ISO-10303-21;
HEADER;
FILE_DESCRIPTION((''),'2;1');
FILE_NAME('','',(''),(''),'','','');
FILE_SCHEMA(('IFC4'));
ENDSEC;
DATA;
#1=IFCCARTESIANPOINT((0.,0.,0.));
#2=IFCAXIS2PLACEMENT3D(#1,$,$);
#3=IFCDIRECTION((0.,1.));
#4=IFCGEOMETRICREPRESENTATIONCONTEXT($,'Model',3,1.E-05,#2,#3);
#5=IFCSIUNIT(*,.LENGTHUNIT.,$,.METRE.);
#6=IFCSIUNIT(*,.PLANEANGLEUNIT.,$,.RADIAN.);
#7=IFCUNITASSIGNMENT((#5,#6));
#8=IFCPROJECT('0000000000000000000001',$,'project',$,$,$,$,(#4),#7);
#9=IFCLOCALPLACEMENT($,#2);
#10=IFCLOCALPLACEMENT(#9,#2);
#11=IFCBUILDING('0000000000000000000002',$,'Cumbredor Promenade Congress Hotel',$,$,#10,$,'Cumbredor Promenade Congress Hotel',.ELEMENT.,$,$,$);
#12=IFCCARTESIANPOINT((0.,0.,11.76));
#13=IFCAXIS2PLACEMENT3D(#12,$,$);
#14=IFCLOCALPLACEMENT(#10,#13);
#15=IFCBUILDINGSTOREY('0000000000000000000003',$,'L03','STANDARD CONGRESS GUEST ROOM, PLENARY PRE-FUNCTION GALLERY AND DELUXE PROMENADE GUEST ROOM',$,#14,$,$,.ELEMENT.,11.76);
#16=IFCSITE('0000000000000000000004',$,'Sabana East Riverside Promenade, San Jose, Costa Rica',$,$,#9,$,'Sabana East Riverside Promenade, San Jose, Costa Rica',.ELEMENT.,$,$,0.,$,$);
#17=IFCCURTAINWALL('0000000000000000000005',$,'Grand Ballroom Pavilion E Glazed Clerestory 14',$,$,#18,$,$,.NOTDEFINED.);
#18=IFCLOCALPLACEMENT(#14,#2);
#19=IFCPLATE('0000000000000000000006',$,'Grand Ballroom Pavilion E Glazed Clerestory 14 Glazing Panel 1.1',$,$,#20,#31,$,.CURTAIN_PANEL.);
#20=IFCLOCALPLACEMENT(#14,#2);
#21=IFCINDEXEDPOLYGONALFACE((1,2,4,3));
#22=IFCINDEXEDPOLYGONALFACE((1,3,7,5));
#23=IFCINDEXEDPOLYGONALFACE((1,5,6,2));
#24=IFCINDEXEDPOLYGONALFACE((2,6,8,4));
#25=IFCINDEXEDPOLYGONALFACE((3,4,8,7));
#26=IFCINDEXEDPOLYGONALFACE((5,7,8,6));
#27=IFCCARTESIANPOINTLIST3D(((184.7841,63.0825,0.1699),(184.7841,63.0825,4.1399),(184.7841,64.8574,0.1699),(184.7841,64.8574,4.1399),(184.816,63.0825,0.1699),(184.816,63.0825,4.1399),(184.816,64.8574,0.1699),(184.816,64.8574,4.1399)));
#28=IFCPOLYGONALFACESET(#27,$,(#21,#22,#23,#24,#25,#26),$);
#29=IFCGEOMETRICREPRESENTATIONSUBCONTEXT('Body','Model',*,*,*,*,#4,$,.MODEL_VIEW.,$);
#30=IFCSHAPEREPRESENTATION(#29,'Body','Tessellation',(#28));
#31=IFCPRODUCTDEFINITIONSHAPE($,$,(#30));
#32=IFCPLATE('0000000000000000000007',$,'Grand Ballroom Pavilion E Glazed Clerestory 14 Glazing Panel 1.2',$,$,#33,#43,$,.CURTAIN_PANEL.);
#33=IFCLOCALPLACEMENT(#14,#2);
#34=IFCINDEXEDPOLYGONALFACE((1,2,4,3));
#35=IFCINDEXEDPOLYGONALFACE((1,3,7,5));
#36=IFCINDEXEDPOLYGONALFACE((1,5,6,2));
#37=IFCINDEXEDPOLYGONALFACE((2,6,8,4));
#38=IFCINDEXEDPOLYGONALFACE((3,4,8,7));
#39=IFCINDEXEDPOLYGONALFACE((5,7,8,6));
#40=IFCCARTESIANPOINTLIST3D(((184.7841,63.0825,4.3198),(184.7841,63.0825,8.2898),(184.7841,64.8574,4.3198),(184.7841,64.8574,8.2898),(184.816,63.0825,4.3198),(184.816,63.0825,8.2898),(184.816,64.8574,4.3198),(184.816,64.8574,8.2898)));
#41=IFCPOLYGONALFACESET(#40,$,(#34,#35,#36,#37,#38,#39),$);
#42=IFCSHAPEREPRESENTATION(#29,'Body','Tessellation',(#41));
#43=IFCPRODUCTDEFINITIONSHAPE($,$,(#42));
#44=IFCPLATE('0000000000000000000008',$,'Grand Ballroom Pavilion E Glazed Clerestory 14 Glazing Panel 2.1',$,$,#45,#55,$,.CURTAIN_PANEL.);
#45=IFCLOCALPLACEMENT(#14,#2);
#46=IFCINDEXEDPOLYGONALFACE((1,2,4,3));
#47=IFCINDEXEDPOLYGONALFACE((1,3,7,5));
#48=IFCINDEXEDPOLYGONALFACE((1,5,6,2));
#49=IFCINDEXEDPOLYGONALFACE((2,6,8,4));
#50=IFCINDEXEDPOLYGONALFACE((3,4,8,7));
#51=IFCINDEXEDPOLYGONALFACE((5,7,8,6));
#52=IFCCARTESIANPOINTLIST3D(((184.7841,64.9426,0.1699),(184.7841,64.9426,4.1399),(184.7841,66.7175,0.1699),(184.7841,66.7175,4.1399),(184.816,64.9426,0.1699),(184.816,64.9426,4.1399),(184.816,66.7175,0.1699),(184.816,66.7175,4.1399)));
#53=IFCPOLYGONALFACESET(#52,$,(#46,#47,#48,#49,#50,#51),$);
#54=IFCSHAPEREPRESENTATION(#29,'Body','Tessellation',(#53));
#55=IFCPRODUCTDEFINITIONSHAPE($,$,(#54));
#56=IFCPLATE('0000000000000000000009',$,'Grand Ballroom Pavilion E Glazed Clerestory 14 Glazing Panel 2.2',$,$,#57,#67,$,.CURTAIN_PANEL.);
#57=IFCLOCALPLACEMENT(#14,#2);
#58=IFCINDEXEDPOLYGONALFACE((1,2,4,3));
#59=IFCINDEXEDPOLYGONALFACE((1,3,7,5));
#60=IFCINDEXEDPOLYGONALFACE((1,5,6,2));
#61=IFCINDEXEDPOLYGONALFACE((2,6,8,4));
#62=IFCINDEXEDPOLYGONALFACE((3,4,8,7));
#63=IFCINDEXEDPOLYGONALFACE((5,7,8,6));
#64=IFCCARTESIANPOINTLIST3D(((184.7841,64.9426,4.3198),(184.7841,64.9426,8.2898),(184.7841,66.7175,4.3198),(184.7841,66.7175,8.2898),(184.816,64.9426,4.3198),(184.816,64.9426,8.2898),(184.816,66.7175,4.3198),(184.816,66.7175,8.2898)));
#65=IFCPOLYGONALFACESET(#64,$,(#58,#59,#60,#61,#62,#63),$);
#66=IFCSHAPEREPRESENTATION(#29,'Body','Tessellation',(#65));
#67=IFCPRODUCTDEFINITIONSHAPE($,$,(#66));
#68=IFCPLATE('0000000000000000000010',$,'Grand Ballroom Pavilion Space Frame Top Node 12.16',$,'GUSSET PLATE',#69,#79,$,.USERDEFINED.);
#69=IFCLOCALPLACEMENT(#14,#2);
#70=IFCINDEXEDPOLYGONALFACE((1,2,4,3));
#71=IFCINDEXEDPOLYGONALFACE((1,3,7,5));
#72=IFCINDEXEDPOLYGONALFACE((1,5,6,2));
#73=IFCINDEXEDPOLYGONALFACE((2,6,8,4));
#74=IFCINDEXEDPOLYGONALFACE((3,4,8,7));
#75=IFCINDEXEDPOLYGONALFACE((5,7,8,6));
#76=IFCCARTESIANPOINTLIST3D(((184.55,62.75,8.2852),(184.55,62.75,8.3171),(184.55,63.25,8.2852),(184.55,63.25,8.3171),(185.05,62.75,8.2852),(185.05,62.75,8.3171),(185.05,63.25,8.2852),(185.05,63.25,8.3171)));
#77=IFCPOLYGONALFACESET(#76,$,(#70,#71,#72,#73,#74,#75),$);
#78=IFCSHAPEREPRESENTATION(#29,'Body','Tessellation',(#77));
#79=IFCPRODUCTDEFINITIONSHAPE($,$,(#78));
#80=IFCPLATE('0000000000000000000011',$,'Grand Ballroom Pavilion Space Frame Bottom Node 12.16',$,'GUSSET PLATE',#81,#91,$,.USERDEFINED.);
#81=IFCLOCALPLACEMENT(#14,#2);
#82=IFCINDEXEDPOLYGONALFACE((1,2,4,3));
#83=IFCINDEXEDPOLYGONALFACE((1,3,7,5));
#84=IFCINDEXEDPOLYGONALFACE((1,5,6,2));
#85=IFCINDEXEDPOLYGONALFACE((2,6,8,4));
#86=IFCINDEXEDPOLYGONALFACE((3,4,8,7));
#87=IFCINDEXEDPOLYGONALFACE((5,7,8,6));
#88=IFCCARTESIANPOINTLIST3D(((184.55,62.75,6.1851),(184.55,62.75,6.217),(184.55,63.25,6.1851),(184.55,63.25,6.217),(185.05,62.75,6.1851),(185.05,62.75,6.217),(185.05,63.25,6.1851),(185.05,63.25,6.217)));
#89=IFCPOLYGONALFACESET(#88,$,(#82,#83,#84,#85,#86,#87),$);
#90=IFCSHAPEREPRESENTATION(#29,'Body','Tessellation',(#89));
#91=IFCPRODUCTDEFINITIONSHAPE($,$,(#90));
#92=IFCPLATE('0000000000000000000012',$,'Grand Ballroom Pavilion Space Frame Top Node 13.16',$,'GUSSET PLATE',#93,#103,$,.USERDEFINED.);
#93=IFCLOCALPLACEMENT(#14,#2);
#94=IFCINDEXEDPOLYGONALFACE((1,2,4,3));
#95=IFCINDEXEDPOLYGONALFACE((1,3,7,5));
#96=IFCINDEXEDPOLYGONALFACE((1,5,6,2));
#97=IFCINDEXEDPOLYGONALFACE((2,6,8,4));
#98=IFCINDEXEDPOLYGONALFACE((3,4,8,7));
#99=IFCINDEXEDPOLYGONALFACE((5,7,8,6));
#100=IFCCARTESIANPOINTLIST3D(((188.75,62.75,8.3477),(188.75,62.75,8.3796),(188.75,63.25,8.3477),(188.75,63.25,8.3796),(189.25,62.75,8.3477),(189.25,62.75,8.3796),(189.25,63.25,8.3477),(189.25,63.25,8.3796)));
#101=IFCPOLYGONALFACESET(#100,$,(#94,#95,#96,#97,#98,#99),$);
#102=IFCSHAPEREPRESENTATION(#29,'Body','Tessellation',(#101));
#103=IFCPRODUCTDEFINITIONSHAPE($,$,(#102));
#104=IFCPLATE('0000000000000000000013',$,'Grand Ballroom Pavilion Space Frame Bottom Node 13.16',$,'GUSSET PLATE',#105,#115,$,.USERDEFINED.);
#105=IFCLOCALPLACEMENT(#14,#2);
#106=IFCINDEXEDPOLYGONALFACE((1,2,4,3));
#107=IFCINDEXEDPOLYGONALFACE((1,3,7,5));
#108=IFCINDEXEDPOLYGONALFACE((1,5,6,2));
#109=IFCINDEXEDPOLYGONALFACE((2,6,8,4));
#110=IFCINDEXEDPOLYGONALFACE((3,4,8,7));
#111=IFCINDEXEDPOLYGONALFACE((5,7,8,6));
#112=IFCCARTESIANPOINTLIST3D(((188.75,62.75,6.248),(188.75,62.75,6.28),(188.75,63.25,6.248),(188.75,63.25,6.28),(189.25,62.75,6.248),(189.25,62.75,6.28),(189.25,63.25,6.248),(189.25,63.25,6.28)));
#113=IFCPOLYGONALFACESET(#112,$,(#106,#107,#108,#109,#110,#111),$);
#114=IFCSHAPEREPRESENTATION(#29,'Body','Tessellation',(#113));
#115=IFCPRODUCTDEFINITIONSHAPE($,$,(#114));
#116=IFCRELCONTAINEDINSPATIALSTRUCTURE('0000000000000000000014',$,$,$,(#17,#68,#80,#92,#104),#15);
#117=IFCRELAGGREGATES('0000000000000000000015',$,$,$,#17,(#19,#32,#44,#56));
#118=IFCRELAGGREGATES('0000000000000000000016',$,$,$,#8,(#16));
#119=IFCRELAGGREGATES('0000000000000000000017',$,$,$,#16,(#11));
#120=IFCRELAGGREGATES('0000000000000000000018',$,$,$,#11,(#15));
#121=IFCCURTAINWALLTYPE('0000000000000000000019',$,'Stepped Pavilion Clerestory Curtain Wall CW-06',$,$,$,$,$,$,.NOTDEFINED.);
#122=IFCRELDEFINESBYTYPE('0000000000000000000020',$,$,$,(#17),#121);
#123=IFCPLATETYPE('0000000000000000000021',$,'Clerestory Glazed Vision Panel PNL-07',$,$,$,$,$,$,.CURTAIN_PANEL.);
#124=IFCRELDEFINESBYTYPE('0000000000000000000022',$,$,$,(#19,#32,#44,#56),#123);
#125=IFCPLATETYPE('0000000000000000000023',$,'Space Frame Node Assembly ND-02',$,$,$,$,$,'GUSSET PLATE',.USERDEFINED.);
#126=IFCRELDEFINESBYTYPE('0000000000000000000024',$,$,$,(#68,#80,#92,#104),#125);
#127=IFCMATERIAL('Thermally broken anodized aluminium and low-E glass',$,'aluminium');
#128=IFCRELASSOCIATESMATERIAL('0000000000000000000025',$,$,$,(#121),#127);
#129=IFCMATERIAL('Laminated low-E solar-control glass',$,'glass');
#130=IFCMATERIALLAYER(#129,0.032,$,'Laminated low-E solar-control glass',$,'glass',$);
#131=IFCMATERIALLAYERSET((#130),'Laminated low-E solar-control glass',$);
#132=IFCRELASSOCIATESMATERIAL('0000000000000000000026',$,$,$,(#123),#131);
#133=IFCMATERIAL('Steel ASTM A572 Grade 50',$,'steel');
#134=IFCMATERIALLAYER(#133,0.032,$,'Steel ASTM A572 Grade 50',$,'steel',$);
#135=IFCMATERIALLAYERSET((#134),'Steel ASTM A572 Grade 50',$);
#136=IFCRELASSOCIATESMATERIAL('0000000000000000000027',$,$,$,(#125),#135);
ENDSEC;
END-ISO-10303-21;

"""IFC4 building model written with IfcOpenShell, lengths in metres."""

from ifc_helpers import new_model, si_unit, direction, frame, origin, origin_2d, place, context, subcontext, project, spatial, rectangle, extrude, material, layer, layer_set, type_object, element, aggregate, save


model = new_model("IFC4")

# Units and contexts
model_context = context("Model", 3, precision=1e-05, world=origin(), true_north=direction((0.0, 1.0)))
body_context = subcontext(model_context, "Body", "Model", "MODEL_VIEW")
ifc_project = project(units=[si_unit("LENGTHUNIT", "METRE"), si_unit("PLANEANGLEUNIT", "RADIAN")], contexts=[model_context])

# Site, building, storey
site_placement = place(None, origin())
site = spatial("IfcSite", under=ifc_project, at=site_placement, Name="Sabana East Riverside Promenade, San Jose, Costa Rica", LongName="Sabana East Riverside Promenade, San Jose, Costa Rica", CompositionType="ELEMENT", RefElevation=0.0)
building_placement = place(site_placement, origin())
building = spatial("IfcBuilding", under=site, at=building_placement, Name="Cumbredor Promenade Congress Hotel", LongName="Cumbredor Promenade Congress Hotel", CompositionType="ELEMENT")
storey_placement = place(building_placement, frame((0.0, 0.0, 11.76)))
storey = spatial("IfcBuildingStorey", under=building, at=storey_placement, Name="L03", Description="STANDARD CONGRESS GUEST ROOM, PLENARY PRE-FUNCTION GALLERY AND DELUXE PROMENADE GUEST ROOM", CompositionType="ELEMENT", Elevation=11.76)

# Curtain wall
ifc_material_1 = material(Name="Thermally broken anodized aluminium and low-E glass", Category="aluminium")
curtain_wall_type = type_object("IfcCurtainWallType", Name="Stepped Pavilion Clerestory Curtain Wall CW-06", PredefinedType="NOTDEFINED", material=ifc_material_1)
curtain_wall_1_placement = place(storey_placement, origin())
curtain_wall_1 = element("IfcCurtainWall", 1, at=curtain_wall_1_placement, inside=storey, type_object=curtain_wall_type, Name="Grand Ballroom Pavilion E Glazed Clerestory 14", PredefinedType="NOTDEFINED")

# Plates
ifc_material_2 = material(Name="Laminated low-E solar-control glass", Category="glass")
ifc_layer_1 = layer(ifc_material_2, 0.032, Name="Laminated low-E solar-control glass", Category="glass")
ifc_layer_set_1 = layer_set([ifc_layer_1], Name="Laminated low-E solar-control glass")
plate_type_1 = type_object("IfcPlateType", Name="Clerestory Glazed Vision Panel PNL-07", PredefinedType="CURTAIN_PANEL", material=ifc_layer_set_1)
plate_1_placement = place(storey_placement, frame((184.8, 63.97, 0.1699), z_axis=(0.0, 0.0, 1.0), x_axis=(0.0, 1.0, 0.0)))
plate_1 = element("IfcPlate", 2, at=plate_1_placement, type_object=plate_type_1, Name="Grand Ballroom Pavilion E Glazed Clerestory 14 Glazing Panel 1.1", PredefinedType="CURTAIN_PANEL", context=body_context, shape_type="SweptSolid", body=[
    extrude(rectangle(XDim=1.7749, YDim=0.032, at=origin_2d()), origin(), (0.0, 0.0, 1.0), 3.97),
])
plate_2_placement = place(storey_placement, frame((184.8, 63.97, 4.3198), z_axis=(0.0, 0.0, 1.0), x_axis=(0.0, 1.0, 0.0)))
plate_2 = element("IfcPlate", 3, at=plate_2_placement, type_object=plate_type_1, Name="Grand Ballroom Pavilion E Glazed Clerestory 14 Glazing Panel 1.2", PredefinedType="CURTAIN_PANEL", context=body_context, shape_type="SweptSolid", body=[
    extrude(rectangle(XDim=1.7749, YDim=0.032, at=origin_2d()), origin(), (0.0, 0.0, 1.0), 3.97),
])
plate_3_placement = place(storey_placement, frame((184.8, 65.8301, 0.1699), z_axis=(0.0, 0.0, 1.0), x_axis=(0.0, 1.0, 0.0)))
plate_3 = element("IfcPlate", 4, at=plate_3_placement, type_object=plate_type_1, Name="Grand Ballroom Pavilion E Glazed Clerestory 14 Glazing Panel 2.1", PredefinedType="CURTAIN_PANEL", context=body_context, shape_type="SweptSolid", body=[
    extrude(rectangle(XDim=1.7749, YDim=0.032, at=origin_2d()), origin(), (0.0, 0.0, 1.0), 3.97),
])
plate_4_placement = place(storey_placement, frame((184.8, 65.8301, 4.3198), z_axis=(0.0, 0.0, 1.0), x_axis=(0.0, 1.0, 0.0)))
plate_4 = element("IfcPlate", 5, at=plate_4_placement, type_object=plate_type_1, Name="Grand Ballroom Pavilion E Glazed Clerestory 14 Glazing Panel 2.2", PredefinedType="CURTAIN_PANEL", context=body_context, shape_type="SweptSolid", body=[
    extrude(rectangle(XDim=1.7749, YDim=0.032, at=origin_2d()), origin(), (0.0, 0.0, 1.0), 3.97),
])
aggregate(curtain_wall_1, [plate_1, plate_2, plate_3, plate_4])

# Plates
ifc_material_3 = material(Name="Steel ASTM A572 Grade 50", Category="steel")
ifc_layer_2 = layer(ifc_material_3, 0.032, Name="Steel ASTM A572 Grade 50", Category="steel")
ifc_layer_set_2 = layer_set([ifc_layer_2], Name="Steel ASTM A572 Grade 50")
plate_type_2 = type_object("IfcPlateType", Name="Space Frame Node Assembly ND-02", ElementType="GUSSET PLATE", PredefinedType="USERDEFINED", material=ifc_layer_set_2)
for number, where, z_axis, x_axis, name in (
    (6, (184.8, 63.0, 8.2852), (0.0, 0.0, 1.0), (1.0, 0.0, 0.0), "Grand Ballroom Pavilion Space Frame Top Node 12.16"),
    (7, (184.8, 63.0, 6.1851), (0.0, 0.0, 1.0), (1.0, 0.0, 0.0), "Grand Ballroom Pavilion Space Frame Bottom Node 12.16"),
    (8, (189.0, 63.0, 8.3477), (0.0, 0.0, 1.0), (1.0, 0.0, 0.0), "Grand Ballroom Pavilion Space Frame Top Node 13.16"),
    (9, (189.0, 63.0, 6.248), (0.0, 0.0, 1.0), (1.0, 0.0, 0.0), "Grand Ballroom Pavilion Space Frame Bottom Node 13.16"),
):
    element("IfcPlate", number, at=place(storey_placement, frame(where, z_axis=z_axis, x_axis=x_axis)), inside=storey, type_object=plate_type_2, Name=name, ObjectType="GUSSET PLATE", PredefinedType="USERDEFINED", context=body_context, shape_type="SweptSolid", body=[
        extrude(rectangle(XDim=0.5, YDim=0.5, at=origin_2d()), origin(), (0.0, 0.0, 1.0), 0.032),
    ])

save(model, "model.ifc")
